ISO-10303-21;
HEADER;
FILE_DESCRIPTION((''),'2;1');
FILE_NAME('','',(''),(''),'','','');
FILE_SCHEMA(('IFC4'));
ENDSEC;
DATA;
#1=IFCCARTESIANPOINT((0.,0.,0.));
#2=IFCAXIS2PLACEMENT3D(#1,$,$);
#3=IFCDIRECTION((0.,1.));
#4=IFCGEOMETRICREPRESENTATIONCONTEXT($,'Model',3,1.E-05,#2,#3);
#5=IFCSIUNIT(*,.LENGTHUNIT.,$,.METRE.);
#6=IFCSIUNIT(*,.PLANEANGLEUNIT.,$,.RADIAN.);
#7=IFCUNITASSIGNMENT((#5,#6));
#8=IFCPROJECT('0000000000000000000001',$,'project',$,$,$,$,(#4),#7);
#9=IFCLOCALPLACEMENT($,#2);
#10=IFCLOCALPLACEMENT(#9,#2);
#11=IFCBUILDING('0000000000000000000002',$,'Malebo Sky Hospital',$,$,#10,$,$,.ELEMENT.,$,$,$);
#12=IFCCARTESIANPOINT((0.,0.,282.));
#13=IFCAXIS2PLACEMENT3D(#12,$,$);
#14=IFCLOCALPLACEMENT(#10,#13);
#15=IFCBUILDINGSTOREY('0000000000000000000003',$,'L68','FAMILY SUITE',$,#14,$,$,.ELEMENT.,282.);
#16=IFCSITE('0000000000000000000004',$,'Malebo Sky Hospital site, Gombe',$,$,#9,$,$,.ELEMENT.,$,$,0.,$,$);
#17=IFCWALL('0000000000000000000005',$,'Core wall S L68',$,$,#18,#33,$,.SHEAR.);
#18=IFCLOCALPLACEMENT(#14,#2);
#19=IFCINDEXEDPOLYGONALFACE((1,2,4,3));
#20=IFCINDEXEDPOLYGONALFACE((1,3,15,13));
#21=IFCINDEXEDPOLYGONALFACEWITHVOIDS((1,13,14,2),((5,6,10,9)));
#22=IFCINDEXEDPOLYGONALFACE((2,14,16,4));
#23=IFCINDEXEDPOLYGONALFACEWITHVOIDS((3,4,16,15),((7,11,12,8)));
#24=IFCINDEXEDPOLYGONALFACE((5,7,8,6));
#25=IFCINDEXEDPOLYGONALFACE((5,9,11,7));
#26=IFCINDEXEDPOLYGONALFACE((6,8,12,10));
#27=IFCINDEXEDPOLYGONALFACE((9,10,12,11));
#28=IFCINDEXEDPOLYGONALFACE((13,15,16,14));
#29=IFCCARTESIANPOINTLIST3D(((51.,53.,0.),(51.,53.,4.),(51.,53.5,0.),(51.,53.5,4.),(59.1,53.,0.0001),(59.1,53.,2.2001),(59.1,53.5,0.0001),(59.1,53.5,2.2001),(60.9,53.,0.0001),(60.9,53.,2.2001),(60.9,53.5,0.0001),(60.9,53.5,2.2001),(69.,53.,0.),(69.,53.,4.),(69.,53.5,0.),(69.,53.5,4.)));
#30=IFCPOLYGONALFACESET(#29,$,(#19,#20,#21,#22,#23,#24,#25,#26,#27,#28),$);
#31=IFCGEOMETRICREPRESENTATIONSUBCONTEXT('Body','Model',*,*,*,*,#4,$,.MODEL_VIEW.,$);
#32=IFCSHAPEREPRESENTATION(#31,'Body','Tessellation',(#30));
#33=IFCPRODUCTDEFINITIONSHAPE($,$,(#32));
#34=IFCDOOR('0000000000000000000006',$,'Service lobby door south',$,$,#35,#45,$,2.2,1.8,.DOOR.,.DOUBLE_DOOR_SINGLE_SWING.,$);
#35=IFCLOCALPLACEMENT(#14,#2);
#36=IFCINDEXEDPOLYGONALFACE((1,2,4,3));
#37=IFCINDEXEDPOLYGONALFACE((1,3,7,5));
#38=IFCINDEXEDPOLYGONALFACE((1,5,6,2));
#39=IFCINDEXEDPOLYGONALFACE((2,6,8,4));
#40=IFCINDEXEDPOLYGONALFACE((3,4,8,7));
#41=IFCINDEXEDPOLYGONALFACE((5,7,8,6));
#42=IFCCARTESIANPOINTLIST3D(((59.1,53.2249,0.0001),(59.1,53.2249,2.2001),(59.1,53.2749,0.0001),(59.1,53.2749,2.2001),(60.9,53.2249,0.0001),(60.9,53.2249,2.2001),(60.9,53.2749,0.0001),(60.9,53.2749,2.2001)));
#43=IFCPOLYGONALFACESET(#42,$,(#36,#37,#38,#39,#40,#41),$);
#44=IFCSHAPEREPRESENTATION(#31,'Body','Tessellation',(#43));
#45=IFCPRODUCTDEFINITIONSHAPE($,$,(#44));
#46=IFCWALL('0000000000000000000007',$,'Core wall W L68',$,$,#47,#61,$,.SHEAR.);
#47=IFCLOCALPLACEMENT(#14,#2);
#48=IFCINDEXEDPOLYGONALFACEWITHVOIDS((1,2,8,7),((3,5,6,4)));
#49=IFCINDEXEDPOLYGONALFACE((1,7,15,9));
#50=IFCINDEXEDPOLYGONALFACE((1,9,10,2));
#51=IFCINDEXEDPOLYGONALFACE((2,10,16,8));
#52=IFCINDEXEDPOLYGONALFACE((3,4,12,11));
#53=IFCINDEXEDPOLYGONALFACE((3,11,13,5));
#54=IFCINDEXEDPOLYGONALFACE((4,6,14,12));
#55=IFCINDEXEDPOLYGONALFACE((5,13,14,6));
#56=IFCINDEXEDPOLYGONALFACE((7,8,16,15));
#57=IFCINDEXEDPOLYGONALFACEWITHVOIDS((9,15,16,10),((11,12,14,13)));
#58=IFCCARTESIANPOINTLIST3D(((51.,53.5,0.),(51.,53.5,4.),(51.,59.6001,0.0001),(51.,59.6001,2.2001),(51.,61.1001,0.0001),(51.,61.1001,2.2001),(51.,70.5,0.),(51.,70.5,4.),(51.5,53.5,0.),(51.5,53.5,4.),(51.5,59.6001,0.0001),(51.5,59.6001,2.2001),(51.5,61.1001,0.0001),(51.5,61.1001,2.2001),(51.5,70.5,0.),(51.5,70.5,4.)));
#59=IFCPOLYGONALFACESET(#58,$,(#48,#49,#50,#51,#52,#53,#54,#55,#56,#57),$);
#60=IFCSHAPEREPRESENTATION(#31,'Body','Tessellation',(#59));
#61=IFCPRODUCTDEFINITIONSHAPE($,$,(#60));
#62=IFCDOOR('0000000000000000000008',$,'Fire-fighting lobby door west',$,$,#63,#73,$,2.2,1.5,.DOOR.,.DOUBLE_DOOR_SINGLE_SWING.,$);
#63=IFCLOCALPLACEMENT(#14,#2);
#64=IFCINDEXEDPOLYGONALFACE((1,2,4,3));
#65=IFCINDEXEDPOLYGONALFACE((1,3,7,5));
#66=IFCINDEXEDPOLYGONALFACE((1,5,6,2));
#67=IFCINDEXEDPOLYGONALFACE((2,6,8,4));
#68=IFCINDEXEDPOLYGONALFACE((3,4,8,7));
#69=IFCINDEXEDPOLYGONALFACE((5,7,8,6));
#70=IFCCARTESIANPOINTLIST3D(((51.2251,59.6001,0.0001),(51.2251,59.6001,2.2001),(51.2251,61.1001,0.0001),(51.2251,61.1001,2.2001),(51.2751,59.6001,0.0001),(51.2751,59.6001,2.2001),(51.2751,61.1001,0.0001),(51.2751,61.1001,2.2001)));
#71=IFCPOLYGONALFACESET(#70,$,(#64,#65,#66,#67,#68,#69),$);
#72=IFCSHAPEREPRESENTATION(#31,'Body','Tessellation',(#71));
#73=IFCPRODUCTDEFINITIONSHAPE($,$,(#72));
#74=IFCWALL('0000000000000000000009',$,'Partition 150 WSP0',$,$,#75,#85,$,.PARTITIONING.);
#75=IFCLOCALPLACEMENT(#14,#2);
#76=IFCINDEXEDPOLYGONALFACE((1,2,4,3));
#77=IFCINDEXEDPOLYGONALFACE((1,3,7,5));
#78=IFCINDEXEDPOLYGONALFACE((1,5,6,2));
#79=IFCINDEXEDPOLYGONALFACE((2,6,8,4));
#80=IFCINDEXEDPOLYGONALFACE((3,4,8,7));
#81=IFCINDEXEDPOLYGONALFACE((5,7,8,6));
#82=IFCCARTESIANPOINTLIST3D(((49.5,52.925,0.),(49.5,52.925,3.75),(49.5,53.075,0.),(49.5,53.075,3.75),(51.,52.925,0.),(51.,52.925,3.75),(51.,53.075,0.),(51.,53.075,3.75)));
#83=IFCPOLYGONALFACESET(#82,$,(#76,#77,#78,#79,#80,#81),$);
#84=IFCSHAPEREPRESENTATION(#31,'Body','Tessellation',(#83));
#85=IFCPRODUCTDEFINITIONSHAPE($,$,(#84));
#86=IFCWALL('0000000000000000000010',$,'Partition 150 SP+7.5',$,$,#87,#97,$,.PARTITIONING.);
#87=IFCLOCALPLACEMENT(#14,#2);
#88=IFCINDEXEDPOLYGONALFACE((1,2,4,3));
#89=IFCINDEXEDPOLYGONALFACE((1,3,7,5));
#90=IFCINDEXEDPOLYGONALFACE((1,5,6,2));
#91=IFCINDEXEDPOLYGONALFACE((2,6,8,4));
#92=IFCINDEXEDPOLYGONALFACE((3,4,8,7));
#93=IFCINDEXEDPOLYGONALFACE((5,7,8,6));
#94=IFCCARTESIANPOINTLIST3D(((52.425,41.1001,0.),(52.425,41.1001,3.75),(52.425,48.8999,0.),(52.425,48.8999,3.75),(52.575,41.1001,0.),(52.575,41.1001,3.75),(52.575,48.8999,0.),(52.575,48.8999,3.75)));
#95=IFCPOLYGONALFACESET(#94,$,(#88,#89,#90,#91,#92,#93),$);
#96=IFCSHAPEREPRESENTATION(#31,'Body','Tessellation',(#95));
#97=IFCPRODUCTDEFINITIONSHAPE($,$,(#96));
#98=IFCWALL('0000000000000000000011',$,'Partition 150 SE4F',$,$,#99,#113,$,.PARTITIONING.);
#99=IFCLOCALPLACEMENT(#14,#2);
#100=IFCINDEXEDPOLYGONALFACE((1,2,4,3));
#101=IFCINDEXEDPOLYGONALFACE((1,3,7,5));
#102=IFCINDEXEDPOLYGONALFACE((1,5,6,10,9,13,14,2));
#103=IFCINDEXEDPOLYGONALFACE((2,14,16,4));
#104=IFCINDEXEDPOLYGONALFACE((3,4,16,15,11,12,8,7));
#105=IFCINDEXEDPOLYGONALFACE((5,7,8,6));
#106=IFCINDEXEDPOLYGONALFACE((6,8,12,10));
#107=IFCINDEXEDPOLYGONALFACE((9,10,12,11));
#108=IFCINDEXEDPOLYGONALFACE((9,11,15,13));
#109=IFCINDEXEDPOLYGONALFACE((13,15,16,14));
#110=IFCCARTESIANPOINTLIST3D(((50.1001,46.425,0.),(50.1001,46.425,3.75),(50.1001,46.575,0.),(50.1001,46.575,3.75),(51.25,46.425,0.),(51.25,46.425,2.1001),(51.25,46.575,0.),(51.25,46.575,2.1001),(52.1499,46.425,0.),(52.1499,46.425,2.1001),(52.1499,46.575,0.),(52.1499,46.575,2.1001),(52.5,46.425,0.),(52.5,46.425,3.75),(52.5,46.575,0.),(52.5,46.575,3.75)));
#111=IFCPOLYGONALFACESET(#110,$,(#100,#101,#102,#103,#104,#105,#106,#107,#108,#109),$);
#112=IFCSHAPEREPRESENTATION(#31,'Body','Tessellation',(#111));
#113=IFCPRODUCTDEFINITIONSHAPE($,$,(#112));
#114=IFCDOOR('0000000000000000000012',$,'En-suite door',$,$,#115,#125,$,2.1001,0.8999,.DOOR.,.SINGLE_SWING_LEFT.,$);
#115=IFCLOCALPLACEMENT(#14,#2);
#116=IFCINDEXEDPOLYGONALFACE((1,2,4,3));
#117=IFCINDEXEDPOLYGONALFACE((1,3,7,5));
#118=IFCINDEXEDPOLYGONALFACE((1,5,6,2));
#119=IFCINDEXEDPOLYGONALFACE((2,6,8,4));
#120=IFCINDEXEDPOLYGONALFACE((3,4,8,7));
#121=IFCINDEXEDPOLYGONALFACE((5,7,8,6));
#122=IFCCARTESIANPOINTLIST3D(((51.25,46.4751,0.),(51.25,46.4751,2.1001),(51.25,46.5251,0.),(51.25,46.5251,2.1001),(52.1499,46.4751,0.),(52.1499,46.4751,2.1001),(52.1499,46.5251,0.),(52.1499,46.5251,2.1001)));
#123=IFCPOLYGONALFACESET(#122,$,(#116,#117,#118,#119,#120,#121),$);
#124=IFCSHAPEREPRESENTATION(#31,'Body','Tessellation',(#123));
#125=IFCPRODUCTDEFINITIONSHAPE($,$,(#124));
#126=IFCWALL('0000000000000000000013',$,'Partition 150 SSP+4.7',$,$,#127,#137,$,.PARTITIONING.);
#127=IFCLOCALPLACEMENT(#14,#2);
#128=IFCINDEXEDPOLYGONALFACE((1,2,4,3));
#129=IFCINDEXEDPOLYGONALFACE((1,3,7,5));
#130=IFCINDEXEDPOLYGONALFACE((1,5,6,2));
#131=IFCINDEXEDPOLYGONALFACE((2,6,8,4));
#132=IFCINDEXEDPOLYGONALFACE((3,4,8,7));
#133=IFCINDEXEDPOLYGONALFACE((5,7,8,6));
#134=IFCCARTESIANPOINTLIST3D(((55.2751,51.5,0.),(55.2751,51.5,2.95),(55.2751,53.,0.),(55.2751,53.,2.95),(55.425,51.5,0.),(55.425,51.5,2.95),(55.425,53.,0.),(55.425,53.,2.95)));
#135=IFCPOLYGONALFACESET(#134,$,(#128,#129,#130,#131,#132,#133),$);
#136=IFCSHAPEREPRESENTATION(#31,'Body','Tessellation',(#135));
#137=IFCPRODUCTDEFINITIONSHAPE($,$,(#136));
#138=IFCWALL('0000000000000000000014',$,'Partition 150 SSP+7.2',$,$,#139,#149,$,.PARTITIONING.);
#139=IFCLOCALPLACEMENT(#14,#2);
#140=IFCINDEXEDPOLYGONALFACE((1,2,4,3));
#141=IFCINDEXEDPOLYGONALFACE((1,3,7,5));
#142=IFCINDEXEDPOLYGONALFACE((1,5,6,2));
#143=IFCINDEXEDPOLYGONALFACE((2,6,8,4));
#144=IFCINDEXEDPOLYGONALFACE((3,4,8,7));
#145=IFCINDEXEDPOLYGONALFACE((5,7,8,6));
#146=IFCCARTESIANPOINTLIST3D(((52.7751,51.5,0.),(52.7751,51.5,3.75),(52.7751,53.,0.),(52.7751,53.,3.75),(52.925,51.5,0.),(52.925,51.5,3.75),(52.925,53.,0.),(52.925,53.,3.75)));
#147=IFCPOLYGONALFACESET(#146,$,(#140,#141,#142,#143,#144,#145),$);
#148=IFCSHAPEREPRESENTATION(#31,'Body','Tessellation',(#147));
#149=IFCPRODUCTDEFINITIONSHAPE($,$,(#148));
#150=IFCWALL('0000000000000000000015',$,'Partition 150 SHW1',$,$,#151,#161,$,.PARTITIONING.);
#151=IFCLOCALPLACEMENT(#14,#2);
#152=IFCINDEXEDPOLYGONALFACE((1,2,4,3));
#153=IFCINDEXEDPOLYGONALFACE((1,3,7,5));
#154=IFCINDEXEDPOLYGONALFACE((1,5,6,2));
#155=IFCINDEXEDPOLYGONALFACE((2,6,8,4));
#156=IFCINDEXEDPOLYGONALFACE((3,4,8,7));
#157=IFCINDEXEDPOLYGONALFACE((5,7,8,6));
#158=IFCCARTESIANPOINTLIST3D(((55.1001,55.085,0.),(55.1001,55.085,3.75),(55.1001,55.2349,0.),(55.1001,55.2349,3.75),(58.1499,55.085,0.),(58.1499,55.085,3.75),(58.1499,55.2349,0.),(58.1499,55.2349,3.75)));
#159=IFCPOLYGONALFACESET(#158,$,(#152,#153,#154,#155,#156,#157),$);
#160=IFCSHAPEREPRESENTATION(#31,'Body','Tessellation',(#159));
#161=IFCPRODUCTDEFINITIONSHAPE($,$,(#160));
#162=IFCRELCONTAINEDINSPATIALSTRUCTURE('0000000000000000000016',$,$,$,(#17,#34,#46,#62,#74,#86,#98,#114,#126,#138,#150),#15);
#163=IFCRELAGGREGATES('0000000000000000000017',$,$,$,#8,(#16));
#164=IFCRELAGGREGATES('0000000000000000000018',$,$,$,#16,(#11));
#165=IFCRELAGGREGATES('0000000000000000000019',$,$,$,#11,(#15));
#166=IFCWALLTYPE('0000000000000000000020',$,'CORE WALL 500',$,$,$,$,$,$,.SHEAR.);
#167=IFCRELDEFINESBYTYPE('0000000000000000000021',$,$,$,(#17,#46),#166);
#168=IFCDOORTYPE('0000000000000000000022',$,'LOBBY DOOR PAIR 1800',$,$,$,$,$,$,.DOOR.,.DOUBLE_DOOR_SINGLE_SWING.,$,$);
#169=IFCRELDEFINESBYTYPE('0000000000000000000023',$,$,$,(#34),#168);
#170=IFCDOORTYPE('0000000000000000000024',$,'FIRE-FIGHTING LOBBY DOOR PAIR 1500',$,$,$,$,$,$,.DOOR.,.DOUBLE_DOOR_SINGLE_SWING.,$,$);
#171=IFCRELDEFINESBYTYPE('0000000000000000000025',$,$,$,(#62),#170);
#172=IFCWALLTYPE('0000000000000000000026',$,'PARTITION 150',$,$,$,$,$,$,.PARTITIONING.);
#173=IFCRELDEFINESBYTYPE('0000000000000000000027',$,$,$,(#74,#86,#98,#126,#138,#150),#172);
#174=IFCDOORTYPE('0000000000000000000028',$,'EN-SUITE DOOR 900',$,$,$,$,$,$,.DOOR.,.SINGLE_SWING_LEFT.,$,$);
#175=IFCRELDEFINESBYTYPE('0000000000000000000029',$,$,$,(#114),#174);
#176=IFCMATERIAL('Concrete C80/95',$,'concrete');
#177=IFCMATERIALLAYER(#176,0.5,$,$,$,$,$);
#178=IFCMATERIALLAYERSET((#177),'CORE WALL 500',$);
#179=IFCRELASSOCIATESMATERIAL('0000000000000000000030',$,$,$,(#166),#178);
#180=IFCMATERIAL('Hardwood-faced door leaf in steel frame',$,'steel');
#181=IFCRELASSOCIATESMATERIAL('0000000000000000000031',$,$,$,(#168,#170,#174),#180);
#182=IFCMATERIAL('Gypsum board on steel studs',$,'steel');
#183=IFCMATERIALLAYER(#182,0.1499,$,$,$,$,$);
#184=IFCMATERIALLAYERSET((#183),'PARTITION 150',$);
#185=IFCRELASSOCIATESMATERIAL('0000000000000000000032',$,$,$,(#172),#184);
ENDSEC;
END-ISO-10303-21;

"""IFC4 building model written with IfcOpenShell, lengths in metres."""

from ifc_helpers import new_model, si_unit, direction, frame, frame_2d, origin, place, context, subcontext, project, spatial, rectangle, extrude, material, layer, layer_set, type_object, element, fill, save


model = new_model("IFC4")

# Units and contexts
model_context = context("Model", 3, precision=1e-05, world=origin(), true_north=direction((0.0, 1.0)))
body_context = subcontext(model_context, "Body", "Model", "MODEL_VIEW")
ifc_project = project(units=[si_unit("LENGTHUNIT", "METRE"), si_unit("PLANEANGLEUNIT", "RADIAN")], contexts=[model_context])

# Site, building, storey
site_placement = place(None, origin())
site = spatial("IfcSite", under=ifc_project, at=site_placement, Name="Malebo Sky Hospital site, Gombe", CompositionType="ELEMENT", RefElevation=0.0)
building_placement = place(site_placement, origin())
building = spatial("IfcBuilding", under=site, at=building_placement, Name="Malebo Sky Hospital", CompositionType="ELEMENT")
storey_placement = place(building_placement, frame((0.0, 0.0, 282.0)))
storey = spatial("IfcBuildingStorey", under=building, at=storey_placement, Name="L68", Description="FAMILY SUITE", CompositionType="ELEMENT", Elevation=282.0)

# Shared definitions
ifc_material_1 = material(Name="Concrete C80/95", Category="concrete")

# Walls, openings, doors
ifc_layer_1 = layer(ifc_material_1, 0.5)
ifc_layer_set_1 = layer_set([ifc_layer_1], Name="CORE WALL 500")
wall_type_1 = type_object("IfcWallType", Name="CORE WALL 500", PredefinedType="SHEAR", material=ifc_layer_set_1)
wall_1_placement = place(storey_placement, frame((51.0, 53.25, 0.0), z_axis=(0.0, 0.0, 1.0), x_axis=(1.0, 0.0, 0.0)))
wall_1 = element("IfcWall", 1, at=wall_1_placement, inside=storey, type_object=wall_type_1, Name="Core wall S L68", PredefinedType="SHEAR", context=body_context, shape_type="SweptSolid", body=[
    extrude(rectangle(XDim=18.0, YDim=0.5, at=frame_2d((9.0, 0.0))), origin(), (0.0, 0.0, 1.0), 4.0),
])
opening_1_placement = place(wall_1_placement, frame((8.1001, 0.0, 0.0)))
opening_1 = element("IfcOpeningElement", 2, at=opening_1_placement, cuts=wall_1, PredefinedType="OPENING", context=body_context, shape_type="SweptSolid", body=[
    extrude(rectangle(XDim=1.8, YDim=2.2, at=frame_2d((0.8999, 1.1001))), frame((0.0, 0.26, 0.0), z_axis=(0.0, -1.0, 0.0), x_axis=(1.0, 0.0, 0.0)), (0.0, 0.0, 1.0), 0.52),
])
ifc_material_2 = material(Name="Hardwood-faced door leaf in steel frame", Category="steel")
door_type_1 = type_object("IfcDoorType", Name="LOBBY DOOR PAIR 1800", OperationType="DOUBLE_DOOR_SINGLE_SWING", PredefinedType="DOOR", material=ifc_material_2)
door_1_placement = place(opening_1_placement, origin())
door_1 = element("IfcDoor", 3, at=door_1_placement, inside=storey, type_object=door_type_1, Name="Service lobby door south", OperationType="DOUBLE_DOOR_SINGLE_SWING", OverallHeight=2.2, OverallWidth=1.8, PredefinedType="DOOR", context=body_context, shape_type="SweptSolid", body=[
    extrude(rectangle(XDim=1.8, YDim=2.2, at=frame_2d((0.8999, 1.1001))), frame((0.0, 0.0249, 0.0), z_axis=(0.0, -1.0, 0.0), x_axis=(1.0, 0.0, 0.0)), (0.0, 0.0, 1.0), 0.05),
])
fill(opening_1, door_1)
wall_2_placement = place(storey_placement, frame((51.25, 53.5, 0.0), z_axis=(0.0, 0.0, 1.0), x_axis=(0.0, 1.0, 0.0)))
wall_2 = element("IfcWall", 4, at=wall_2_placement, inside=storey, type_object=wall_type_1, Name="Core wall W L68", PredefinedType="SHEAR", context=body_context, shape_type="SweptSolid", body=[
    extrude(rectangle(XDim=17.0, YDim=0.5, at=frame_2d((8.5, 0.0))), origin(), (0.0, 0.0, 1.0), 4.0),
])
opening_2_placement = place(wall_2_placement, frame((6.1001, 0.0, 0.0)))
opening_2 = element("IfcOpeningElement", 5, at=opening_2_placement, cuts=wall_2, PredefinedType="OPENING", context=body_context, shape_type="SweptSolid", body=[
    extrude(rectangle(XDim=1.5, YDim=2.2, at=frame_2d((0.75, 1.1001))), frame((0.0, 0.26, 0.0), z_axis=(0.0, -1.0, 0.0), x_axis=(1.0, 0.0, 0.0)), (0.0, 0.0, 1.0), 0.52),
])
door_type_2 = type_object("IfcDoorType", Name="FIRE-FIGHTING LOBBY DOOR PAIR 1500", OperationType="DOUBLE_DOOR_SINGLE_SWING", PredefinedType="DOOR", material=ifc_material_2)
door_2_placement = place(opening_2_placement, origin())
door_2 = element("IfcDoor", 6, at=door_2_placement, inside=storey, type_object=door_type_2, Name="Fire-fighting lobby door west", OperationType="DOUBLE_DOOR_SINGLE_SWING", OverallHeight=2.2, OverallWidth=1.5, PredefinedType="DOOR", context=body_context, shape_type="SweptSolid", body=[
    extrude(rectangle(XDim=1.5, YDim=2.2, at=frame_2d((0.75, 1.1001))), frame((0.0, 0.0249, 0.0), z_axis=(0.0, -1.0, 0.0), x_axis=(1.0, 0.0, 0.0)), (0.0, 0.0, 1.0), 0.05),
])
fill(opening_2, door_2)

# Walls
ifc_material_3 = material(Name="Gypsum board on steel studs", Category="steel")
ifc_layer_2 = layer(ifc_material_3, 0.1499)
ifc_layer_set_2 = layer_set([ifc_layer_2], Name="PARTITION 150")
wall_type_2 = type_object("IfcWallType", Name="PARTITION 150", PredefinedType="PARTITIONING", material=ifc_layer_set_2)
wall_3_placement = place(storey_placement, frame((51.0, 53.0, 0.0), z_axis=(0.0, 0.0, 1.0), x_axis=(-1.0, 0.0, 0.0)))
element("IfcWall", 7, at=wall_3_placement, inside=storey, type_object=wall_type_2, Name="Partition 150 WSP0", PredefinedType="PARTITIONING", context=body_context, shape_type="SweptSolid", body=[
    extrude(rectangle(XDim=1.5, YDim=0.1499, at=frame_2d((0.75, 0.0))), origin(), (0.0, 0.0, 1.0), 3.75),
])
wall_4_placement = place(storey_placement, frame((52.5, 48.8999, 0.0), z_axis=(0.0, 0.0, 1.0), x_axis=(0.0, -1.0, 0.0)))
element("IfcWall", 8, at=wall_4_placement, inside=storey, type_object=wall_type_2, Name="Partition 150 SP+7.5", PredefinedType="PARTITIONING", context=body_context, shape_type="SweptSolid", body=[
    extrude(rectangle(XDim=7.7998, YDim=0.1499, at=frame_2d((3.8999, 0.0))), origin(), (0.0, 0.0, 1.0), 3.75),
])

# Wall, opening, door
wall_5_placement = place(storey_placement, frame((52.5, 46.5, 0.0), z_axis=(0.0, 0.0, 1.0), x_axis=(-1.0, 0.0, 0.0)))
wall_5 = element("IfcWall", 9, at=wall_5_placement, inside=storey, type_object=wall_type_2, Name="Partition 150 SE4F", PredefinedType="PARTITIONING", context=body_context, shape_type="SweptSolid", body=[
    extrude(rectangle(XDim=2.3999, YDim=0.1499, at=frame_2d((1.2, 0.0))), origin(), (0.0, 0.0, 1.0), 3.75),
])
opening_3_placement = place(wall_5_placement, frame((0.3501, 0.0, 0.0)))
opening_3 = element("IfcOpeningElement", 10, at=opening_3_placement, cuts=wall_5, PredefinedType="OPENING", context=body_context, shape_type="SweptSolid", body=[
    extrude(rectangle(XDim=0.8999, YDim=2.1001, at=frame_2d((0.45, 1.05))), frame((0.0, 0.085, 0.0), z_axis=(0.0, -1.0, 0.0), x_axis=(1.0, 0.0, 0.0)), (0.0, 0.0, 1.0), 0.1699),
])
door_type_3 = type_object("IfcDoorType", Name="EN-SUITE DOOR 900", OperationType="SINGLE_SWING_LEFT", PredefinedType="DOOR", material=ifc_material_2)
door_3_placement = place(opening_3_placement, origin())
door_3 = element("IfcDoor", 11, at=door_3_placement, inside=storey, type_object=door_type_3, Name="En-suite door", OperationType="SINGLE_SWING_LEFT", OverallHeight=2.1001, OverallWidth=0.8999, PredefinedType="DOOR", context=body_context, shape_type="SweptSolid", body=[
    extrude(rectangle(XDim=0.8999, YDim=2.1001, at=frame_2d((0.45, 1.05))), frame((0.0, 0.0249, 0.0), z_axis=(0.0, -1.0, 0.0), x_axis=(1.0, 0.0, 0.0)), (0.0, 0.0, 1.0), 0.05),
])
fill(opening_3, door_3)

# Walls
wall_6_placement = place(storey_placement, frame((55.3501, 53.0, 0.0), z_axis=(0.0, 0.0, 1.0), x_axis=(0.0, -1.0, 0.0)))
element("IfcWall", 12, at=wall_6_placement, inside=storey, type_object=wall_type_2, Name="Partition 150 SSP+4.7", PredefinedType="PARTITIONING", context=body_context, shape_type="SweptSolid", body=[
    extrude(rectangle(XDim=1.5, YDim=0.1499, at=frame_2d((0.75, 0.0))), origin(), (0.0, 0.0, 1.0), 2.95),
])
wall_7_placement = place(storey_placement, frame((52.8501, 53.0, 0.0), z_axis=(0.0, 0.0, 1.0), x_axis=(0.0, -1.0, 0.0)))
element("IfcWall", 13, at=wall_7_placement, inside=storey, type_object=wall_type_2, Name="Partition 150 SSP+7.2", PredefinedType="PARTITIONING", context=body_context, shape_type="SweptSolid", body=[
    extrude(rectangle(XDim=1.5, YDim=0.1499, at=frame_2d((0.75, 0.0))), origin(), (0.0, 0.0, 1.0), 3.75),
])
wall_8_placement = place(storey_placement, frame((55.1001, 55.1599, 0.0), z_axis=(0.0, 0.0, 1.0), x_axis=(1.0, 0.0, 0.0)))
element("IfcWall", 14, at=wall_8_placement, inside=storey, type_object=wall_type_2, Name="Partition 150 SHW1", PredefinedType="PARTITIONING", context=body_context, shape_type="SweptSolid", body=[
    extrude(rectangle(XDim=3.0498, YDim=0.1499, at=frame_2d((1.5249, 0.0))), origin(), (0.0, 0.0, 1.0), 3.75),
])

save(model, "model.ifc")
